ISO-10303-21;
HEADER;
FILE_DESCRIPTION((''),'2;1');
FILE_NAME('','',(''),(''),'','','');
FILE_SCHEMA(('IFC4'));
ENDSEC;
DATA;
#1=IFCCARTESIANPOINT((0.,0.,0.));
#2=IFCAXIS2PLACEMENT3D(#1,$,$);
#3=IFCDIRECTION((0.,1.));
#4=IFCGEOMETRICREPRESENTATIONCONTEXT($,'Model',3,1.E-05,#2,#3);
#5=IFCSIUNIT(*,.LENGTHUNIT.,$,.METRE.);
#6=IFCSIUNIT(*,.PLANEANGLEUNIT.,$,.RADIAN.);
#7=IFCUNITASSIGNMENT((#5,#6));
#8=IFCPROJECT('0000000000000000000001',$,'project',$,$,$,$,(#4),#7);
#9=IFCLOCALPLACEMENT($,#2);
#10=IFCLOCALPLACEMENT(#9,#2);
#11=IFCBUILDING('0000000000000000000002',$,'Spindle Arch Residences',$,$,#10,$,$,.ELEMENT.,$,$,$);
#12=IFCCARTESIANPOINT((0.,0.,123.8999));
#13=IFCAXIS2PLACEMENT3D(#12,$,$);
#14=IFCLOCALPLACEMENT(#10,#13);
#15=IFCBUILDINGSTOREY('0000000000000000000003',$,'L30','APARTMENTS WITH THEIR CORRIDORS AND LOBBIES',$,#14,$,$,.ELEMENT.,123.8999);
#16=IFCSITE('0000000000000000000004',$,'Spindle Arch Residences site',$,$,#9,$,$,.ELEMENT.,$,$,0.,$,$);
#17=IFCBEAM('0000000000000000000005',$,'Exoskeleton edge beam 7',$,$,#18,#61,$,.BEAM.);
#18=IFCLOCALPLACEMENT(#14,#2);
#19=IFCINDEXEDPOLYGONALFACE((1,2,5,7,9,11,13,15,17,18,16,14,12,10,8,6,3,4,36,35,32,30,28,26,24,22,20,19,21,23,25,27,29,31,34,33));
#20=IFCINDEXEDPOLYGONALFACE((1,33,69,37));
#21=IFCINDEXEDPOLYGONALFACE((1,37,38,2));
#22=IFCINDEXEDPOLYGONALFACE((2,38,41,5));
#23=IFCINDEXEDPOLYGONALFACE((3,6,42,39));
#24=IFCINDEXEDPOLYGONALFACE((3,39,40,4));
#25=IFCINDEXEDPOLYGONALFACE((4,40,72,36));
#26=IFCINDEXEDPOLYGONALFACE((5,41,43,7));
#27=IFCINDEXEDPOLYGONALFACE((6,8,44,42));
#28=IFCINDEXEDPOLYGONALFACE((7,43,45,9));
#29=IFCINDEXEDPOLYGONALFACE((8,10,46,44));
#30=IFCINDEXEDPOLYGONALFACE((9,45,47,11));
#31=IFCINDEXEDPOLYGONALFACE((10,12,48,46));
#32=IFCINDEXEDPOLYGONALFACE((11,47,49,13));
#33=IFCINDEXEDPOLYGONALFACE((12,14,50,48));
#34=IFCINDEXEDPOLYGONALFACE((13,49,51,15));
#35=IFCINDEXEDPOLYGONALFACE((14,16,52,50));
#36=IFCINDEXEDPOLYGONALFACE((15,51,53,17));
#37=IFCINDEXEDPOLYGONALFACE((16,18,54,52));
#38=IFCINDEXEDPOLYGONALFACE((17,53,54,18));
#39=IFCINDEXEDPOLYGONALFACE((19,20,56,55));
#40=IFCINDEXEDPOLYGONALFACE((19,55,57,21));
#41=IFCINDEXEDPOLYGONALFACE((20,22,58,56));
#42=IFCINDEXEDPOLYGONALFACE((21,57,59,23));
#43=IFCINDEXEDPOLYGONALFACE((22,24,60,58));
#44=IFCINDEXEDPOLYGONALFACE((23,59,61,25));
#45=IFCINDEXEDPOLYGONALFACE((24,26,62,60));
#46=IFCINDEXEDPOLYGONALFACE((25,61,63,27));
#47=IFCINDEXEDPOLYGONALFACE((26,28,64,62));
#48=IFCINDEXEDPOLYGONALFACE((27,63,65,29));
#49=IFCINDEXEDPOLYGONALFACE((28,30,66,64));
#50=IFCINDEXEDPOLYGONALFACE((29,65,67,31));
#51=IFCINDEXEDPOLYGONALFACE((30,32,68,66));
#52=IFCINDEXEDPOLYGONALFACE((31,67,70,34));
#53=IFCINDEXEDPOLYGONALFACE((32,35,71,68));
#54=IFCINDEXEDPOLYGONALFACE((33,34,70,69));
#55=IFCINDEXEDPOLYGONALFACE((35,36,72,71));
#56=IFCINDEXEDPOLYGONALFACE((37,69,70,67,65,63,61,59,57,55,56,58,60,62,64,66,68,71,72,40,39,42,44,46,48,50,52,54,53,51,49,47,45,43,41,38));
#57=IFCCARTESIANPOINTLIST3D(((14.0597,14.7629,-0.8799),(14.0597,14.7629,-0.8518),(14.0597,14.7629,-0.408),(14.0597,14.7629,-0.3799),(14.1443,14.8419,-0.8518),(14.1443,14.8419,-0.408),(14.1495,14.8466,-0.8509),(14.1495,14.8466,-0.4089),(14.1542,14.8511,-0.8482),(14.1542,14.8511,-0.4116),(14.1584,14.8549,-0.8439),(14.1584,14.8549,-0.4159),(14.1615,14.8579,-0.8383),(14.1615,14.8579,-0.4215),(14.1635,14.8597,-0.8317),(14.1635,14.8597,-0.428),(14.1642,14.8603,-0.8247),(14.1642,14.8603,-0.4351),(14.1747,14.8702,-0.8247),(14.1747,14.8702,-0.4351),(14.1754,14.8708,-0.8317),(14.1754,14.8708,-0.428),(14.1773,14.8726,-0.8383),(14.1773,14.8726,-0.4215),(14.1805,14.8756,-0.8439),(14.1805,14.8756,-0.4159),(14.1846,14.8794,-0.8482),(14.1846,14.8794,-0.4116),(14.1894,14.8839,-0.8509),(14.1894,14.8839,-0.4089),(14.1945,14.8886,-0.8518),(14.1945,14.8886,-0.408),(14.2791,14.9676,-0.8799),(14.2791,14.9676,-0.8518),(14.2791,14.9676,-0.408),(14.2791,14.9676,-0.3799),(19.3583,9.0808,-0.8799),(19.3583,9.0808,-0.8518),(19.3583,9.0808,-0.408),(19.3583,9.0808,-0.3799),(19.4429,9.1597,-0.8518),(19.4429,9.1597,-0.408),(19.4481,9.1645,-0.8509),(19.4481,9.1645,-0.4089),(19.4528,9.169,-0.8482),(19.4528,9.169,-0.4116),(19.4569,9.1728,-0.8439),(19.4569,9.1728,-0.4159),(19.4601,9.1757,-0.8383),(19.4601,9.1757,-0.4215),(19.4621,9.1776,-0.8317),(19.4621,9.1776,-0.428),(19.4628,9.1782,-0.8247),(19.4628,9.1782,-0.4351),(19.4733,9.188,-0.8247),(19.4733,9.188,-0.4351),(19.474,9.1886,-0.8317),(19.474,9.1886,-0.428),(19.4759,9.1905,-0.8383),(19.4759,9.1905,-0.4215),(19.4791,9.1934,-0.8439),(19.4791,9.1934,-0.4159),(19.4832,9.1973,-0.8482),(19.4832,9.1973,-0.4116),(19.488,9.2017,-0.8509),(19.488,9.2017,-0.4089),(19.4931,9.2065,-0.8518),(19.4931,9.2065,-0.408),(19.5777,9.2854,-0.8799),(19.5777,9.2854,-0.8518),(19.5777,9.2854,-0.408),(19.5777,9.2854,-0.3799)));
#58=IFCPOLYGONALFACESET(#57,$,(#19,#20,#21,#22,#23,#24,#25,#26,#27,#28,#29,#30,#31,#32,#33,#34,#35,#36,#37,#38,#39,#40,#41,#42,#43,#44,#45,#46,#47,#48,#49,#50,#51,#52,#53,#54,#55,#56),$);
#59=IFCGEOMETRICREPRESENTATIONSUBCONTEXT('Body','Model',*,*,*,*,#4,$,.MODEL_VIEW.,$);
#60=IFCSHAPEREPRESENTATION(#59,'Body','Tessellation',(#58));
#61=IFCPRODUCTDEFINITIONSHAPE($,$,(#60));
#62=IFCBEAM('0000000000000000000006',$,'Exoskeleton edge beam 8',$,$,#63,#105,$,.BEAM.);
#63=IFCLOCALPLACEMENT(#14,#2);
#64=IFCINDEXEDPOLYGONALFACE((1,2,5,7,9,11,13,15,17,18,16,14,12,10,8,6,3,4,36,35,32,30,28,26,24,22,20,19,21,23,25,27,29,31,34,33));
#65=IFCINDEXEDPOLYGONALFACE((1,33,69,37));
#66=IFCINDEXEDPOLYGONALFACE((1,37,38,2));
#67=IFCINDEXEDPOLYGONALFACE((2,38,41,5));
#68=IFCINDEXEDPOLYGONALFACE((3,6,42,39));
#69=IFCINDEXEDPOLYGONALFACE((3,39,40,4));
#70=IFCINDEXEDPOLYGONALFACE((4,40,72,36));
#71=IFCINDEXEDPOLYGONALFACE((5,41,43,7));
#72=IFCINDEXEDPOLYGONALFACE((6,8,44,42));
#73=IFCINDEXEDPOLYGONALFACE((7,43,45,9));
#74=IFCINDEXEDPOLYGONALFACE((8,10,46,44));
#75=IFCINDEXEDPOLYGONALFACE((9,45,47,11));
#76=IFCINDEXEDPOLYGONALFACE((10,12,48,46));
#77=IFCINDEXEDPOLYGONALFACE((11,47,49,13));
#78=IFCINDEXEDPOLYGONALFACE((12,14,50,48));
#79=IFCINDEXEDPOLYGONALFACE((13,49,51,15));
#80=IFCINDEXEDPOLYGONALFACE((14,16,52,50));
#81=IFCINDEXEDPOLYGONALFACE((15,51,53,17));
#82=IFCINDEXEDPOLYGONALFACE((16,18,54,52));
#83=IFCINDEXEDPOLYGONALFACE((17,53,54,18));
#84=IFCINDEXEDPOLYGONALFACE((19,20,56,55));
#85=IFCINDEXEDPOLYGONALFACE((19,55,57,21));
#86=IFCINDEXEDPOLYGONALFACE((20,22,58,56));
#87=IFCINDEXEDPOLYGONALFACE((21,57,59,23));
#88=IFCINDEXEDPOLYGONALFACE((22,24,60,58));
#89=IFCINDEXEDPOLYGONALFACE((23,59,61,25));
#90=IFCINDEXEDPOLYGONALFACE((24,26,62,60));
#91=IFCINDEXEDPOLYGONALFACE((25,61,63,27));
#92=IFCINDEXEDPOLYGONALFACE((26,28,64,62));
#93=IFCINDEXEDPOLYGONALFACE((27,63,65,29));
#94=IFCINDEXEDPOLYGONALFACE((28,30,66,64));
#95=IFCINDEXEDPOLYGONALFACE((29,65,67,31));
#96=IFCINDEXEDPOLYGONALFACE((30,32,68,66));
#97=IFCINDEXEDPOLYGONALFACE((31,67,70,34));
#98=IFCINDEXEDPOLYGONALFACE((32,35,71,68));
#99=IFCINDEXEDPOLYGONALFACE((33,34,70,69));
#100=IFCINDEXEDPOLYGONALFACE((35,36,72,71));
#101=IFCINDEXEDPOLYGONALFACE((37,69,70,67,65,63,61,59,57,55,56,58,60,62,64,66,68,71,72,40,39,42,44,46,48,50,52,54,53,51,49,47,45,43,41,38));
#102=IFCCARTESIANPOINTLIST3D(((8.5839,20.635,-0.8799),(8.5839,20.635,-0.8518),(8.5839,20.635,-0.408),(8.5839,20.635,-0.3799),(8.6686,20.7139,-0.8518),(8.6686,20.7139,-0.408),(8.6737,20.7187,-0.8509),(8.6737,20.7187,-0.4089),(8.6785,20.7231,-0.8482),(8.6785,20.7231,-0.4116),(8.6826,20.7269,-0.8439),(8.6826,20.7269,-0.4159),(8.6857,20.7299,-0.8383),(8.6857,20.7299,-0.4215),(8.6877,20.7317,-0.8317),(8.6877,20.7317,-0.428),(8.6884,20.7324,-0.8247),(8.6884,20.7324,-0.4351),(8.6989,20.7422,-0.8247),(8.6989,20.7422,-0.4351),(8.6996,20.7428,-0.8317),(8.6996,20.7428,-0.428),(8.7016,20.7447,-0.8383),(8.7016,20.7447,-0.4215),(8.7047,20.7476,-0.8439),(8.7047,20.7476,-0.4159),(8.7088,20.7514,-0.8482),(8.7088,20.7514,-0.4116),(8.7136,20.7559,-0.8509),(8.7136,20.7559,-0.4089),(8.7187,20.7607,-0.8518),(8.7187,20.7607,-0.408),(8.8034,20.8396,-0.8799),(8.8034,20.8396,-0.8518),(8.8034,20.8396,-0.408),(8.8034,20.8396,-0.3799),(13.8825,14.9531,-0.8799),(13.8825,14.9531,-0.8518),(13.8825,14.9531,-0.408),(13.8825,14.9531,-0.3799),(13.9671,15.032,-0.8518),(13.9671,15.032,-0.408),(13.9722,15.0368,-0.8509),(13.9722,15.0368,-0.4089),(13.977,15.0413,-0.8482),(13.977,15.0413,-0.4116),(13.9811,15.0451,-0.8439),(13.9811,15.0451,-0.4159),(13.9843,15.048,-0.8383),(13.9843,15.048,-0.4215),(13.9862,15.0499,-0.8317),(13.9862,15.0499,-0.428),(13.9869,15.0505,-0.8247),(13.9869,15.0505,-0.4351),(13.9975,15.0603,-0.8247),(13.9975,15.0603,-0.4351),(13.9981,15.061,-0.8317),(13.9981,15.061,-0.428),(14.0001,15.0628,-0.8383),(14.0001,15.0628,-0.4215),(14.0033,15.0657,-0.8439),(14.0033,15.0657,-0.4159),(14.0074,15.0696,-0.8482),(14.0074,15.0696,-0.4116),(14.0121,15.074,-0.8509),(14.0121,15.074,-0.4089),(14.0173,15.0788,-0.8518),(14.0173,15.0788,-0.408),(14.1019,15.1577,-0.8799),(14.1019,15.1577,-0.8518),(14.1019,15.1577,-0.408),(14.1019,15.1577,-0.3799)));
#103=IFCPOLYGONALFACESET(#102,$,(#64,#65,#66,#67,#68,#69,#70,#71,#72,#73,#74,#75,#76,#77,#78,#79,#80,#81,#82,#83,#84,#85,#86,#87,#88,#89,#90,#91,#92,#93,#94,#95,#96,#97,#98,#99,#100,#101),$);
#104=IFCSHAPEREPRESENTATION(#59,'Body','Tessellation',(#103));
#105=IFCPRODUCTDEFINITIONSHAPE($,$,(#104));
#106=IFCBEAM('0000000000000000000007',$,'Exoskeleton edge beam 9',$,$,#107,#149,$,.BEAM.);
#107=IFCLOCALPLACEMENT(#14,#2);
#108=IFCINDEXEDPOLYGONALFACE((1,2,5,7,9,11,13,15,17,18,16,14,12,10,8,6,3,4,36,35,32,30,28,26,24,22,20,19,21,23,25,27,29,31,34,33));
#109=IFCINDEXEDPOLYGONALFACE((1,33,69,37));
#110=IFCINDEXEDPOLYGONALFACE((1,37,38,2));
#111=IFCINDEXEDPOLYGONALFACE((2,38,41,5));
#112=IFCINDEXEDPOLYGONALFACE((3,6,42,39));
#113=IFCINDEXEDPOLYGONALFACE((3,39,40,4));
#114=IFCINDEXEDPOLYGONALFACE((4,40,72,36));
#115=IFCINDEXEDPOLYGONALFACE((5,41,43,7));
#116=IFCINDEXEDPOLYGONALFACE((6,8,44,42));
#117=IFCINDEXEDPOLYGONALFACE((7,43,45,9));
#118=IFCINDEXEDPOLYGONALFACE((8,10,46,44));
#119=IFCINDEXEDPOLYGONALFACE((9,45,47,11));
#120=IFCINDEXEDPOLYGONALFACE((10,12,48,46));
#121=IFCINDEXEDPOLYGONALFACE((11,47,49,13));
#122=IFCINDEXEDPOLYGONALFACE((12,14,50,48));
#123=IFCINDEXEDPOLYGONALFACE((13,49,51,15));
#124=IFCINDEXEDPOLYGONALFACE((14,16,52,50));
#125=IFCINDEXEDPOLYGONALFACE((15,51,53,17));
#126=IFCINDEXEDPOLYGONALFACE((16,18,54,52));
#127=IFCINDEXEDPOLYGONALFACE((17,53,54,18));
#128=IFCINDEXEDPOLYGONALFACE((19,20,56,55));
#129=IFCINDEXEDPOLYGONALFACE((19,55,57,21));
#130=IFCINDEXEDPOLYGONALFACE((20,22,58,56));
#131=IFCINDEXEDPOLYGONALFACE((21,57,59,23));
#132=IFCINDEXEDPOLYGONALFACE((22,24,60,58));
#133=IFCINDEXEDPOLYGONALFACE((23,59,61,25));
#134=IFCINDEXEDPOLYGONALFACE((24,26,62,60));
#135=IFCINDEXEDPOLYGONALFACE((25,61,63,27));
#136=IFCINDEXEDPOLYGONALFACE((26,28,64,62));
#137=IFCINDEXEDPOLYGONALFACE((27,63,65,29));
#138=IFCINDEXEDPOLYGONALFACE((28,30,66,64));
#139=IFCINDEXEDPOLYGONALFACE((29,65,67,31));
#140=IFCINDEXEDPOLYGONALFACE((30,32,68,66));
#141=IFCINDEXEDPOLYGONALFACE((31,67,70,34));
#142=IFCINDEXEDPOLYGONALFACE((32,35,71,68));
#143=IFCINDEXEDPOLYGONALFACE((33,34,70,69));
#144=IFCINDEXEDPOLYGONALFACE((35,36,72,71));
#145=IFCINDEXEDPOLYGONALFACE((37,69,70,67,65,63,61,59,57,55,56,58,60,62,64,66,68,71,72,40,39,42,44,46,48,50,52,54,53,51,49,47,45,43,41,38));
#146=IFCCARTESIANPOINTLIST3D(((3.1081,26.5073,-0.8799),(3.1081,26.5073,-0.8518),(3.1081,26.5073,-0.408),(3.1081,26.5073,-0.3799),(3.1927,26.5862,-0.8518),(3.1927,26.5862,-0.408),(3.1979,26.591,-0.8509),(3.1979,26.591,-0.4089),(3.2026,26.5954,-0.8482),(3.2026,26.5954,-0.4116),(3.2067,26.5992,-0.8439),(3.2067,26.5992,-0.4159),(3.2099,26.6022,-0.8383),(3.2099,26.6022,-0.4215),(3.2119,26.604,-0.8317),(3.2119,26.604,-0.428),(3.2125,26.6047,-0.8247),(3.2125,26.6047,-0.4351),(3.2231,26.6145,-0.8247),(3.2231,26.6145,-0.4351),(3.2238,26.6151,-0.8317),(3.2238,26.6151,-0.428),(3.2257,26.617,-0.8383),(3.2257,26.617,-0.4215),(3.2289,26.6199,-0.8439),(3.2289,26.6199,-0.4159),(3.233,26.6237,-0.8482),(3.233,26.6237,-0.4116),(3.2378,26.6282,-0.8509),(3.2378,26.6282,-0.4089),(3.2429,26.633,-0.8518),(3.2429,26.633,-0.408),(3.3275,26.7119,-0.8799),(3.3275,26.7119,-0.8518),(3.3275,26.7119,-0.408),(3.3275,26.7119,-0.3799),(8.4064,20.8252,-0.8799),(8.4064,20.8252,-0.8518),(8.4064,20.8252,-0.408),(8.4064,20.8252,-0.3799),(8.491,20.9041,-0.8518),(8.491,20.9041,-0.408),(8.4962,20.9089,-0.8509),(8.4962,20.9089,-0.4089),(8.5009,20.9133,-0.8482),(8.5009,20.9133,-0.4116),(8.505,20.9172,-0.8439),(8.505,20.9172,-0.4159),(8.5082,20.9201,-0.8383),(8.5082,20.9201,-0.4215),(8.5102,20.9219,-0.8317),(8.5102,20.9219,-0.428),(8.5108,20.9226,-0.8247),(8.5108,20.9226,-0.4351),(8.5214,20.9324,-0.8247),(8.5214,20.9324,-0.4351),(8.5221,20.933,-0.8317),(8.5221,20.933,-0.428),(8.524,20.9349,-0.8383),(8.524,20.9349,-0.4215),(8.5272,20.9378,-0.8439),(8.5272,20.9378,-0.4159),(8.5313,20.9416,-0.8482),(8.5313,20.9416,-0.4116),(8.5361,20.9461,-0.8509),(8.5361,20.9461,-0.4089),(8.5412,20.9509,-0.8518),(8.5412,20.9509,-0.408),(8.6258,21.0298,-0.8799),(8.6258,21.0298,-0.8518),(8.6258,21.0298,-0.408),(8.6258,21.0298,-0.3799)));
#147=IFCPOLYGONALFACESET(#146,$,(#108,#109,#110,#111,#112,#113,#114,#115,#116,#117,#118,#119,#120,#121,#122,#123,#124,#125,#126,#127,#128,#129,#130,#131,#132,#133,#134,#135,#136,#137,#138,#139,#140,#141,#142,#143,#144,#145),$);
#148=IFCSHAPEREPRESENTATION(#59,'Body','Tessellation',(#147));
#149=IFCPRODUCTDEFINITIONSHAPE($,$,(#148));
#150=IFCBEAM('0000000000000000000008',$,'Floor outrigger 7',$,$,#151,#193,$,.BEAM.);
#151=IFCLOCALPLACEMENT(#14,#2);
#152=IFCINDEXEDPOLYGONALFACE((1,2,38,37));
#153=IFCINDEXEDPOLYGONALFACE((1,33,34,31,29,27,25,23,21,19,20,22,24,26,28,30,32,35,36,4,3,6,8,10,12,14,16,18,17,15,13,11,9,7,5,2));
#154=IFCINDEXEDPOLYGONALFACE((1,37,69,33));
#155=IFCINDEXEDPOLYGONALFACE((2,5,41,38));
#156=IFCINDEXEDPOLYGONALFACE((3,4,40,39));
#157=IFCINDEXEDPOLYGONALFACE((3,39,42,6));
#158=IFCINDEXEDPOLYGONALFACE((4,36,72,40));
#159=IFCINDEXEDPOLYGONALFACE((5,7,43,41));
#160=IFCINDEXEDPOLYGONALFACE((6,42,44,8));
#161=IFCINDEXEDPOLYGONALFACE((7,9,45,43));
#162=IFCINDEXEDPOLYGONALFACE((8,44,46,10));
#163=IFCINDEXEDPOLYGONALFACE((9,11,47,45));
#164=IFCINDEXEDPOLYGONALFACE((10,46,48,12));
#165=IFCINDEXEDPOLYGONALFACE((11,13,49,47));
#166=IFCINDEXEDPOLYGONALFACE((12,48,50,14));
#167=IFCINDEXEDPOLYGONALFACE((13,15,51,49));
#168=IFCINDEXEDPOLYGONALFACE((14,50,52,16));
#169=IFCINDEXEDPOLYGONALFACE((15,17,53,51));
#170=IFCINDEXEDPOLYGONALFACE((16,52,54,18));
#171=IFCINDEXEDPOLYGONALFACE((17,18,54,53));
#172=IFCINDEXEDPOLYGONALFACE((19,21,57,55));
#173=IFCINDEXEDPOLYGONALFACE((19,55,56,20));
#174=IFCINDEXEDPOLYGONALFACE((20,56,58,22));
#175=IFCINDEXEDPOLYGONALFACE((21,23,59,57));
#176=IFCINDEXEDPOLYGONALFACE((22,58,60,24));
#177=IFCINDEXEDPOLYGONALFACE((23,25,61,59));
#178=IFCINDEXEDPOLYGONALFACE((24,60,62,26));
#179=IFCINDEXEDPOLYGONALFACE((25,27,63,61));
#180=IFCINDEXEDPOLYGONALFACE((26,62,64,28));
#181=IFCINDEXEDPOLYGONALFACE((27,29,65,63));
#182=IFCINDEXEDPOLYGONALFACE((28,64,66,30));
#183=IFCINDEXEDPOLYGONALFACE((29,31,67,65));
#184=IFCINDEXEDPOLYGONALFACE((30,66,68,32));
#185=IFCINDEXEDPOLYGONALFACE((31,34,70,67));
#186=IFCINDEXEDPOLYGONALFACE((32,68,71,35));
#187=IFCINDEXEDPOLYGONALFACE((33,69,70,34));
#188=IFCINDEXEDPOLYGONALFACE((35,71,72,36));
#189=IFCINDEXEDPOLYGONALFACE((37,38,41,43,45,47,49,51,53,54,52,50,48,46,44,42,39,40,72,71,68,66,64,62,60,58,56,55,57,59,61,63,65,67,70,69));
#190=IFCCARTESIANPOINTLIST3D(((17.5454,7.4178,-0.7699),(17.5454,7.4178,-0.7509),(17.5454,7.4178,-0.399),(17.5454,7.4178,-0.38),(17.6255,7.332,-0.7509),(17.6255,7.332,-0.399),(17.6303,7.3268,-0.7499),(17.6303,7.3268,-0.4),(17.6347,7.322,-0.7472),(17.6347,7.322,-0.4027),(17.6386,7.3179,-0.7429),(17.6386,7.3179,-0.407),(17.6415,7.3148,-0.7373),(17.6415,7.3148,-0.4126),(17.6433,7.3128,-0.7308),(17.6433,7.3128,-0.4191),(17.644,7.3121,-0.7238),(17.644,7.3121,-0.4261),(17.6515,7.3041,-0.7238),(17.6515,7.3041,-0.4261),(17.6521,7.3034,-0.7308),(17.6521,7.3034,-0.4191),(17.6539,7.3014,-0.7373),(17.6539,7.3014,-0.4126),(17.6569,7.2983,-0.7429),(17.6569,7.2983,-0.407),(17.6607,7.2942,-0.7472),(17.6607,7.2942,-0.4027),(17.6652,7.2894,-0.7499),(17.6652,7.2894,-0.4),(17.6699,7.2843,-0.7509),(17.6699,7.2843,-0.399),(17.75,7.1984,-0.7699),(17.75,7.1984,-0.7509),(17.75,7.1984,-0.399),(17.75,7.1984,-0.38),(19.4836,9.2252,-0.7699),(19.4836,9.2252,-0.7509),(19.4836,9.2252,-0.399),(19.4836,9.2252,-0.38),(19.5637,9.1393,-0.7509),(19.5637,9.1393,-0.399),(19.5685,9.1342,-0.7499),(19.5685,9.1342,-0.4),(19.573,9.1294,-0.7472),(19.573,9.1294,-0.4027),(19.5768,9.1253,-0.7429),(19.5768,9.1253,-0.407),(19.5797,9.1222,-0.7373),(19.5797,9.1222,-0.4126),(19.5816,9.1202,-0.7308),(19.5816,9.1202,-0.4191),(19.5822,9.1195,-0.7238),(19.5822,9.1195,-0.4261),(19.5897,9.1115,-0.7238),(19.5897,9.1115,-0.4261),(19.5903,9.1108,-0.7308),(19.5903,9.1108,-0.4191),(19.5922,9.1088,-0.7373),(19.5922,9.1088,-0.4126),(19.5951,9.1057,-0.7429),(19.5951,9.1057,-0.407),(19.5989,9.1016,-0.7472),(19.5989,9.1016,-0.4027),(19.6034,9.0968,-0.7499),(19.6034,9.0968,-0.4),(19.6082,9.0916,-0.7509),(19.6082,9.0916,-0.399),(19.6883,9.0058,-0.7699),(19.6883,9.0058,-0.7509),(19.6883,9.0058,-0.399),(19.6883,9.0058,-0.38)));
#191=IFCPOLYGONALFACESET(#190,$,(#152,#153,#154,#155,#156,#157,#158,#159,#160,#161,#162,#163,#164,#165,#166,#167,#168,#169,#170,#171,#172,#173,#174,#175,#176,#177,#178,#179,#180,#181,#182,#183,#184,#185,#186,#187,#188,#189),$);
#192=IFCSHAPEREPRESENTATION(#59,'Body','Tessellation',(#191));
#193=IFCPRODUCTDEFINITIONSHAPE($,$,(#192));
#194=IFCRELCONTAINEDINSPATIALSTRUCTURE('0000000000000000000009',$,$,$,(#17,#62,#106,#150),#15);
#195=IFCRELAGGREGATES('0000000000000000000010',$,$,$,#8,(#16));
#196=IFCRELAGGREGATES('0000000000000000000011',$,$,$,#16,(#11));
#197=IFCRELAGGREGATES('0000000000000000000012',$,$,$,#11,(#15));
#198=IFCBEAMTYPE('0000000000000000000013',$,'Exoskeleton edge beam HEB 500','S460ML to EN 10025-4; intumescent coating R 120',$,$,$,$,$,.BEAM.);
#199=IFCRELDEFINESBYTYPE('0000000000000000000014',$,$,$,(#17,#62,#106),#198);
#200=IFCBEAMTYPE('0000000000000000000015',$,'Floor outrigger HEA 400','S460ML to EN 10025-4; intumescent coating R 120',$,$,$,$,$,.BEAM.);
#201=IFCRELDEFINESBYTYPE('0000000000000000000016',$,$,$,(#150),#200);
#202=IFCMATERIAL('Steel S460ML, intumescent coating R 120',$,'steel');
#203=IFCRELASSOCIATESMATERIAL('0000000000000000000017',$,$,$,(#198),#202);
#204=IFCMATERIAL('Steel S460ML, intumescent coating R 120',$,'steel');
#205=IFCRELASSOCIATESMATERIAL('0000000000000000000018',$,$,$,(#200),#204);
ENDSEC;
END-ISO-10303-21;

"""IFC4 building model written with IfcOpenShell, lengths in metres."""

from ifc_helpers import new_model, si_unit, direction, frame, origin, origin_2d, place, context, subcontext, project, spatial, i_section, extrude, material, material_profile, profile_set, type_object, element, save


model = new_model("IFC4")

# Units and contexts
model_context = context("Model", 3, precision=1e-05, world=origin(), true_north=direction((0.0, 1.0)))
body_context = subcontext(model_context, "Body", "Model", "MODEL_VIEW")
ifc_project = project(units=[si_unit("LENGTHUNIT", "METRE"), si_unit("PLANEANGLEUNIT", "RADIAN")], contexts=[model_context])

# Site, building, storey
site_placement = place(None, origin())
site = spatial("IfcSite", under=ifc_project, at=site_placement, Name="Spindle Arch Residences site", CompositionType="ELEMENT", RefElevation=0.0)
building_placement = place(site_placement, origin())
building = spatial("IfcBuilding", under=site, at=building_placement, Name="Spindle Arch Residences", CompositionType="ELEMENT")
storey_placement = place(building_placement, frame((0.0, 0.0, 123.8999)))
storey = spatial("IfcBuildingStorey", under=building, at=storey_placement, Name="L30", Description="APARTMENTS WITH THEIR CORRIDORS AND LOBBIES", CompositionType="ELEMENT", Elevation=123.8999)

# Beams
ifc_material_1 = material(Name="Steel S460ML, intumescent coating R 120", Category="steel")
ifc_material_profile_1 = material_profile(ifc_material_1, i_section(OverallWidth=0.3, OverallDepth=0.5, WebThickness=0.0144, FlangeThickness=0.0281, FilletRadius=0.0271, at=origin_2d()), Name="HEB 500")
ifc_profile_set_1 = profile_set([ifc_material_profile_1], Name="Steel S460ML, intumescent coating R 120")
beam_type_1 = type_object("IfcBeamType", Name="Exoskeleton edge beam HEB 500", Description="S460ML to EN 10025-4; intumescent coating R 120", PredefinedType="BEAM", material=ifc_profile_set_1)
beam_1_placement = place(storey_placement, frame((19.468, 9.1831, -0.6299), z_axis=(-0.681992, 0.731359, 0.0), x_axis=(-0.731359, -0.681992, 0.0)))
element("IfcBeam", 1, at=beam_1_placement, inside=storey, type_object=beam_type_1, Name="Exoskeleton edge beam 7", PredefinedType="BEAM", context=body_context, shape_type="SweptSolid", body=[
    extrude(i_section(OverallWidth=0.3, OverallDepth=0.5, WebThickness=0.0144, FlangeThickness=0.0281, FilletRadius=0.0271, at=origin_2d()), origin(), (0.0, 0.0, 1.0), 7.7693),
])
for number, where, z_axis, x_axis, name in (
    (2, (13.9922, 15.0554, -0.6299), (-0.682008, 0.731345, 0.0), (-0.731345, -0.682008, 0.0), "Exoskeleton edge beam 8"),
    (3, (8.5161, 20.9275, -0.6299), (-0.681976, 0.731375, 0.0), (-0.731375, -0.681976, 0.0), "Exoskeleton edge beam 9"),
):
    element("IfcBeam", number, at=place(storey_placement, frame(where, z_axis=z_axis, x_axis=x_axis)), inside=storey, type_object=beam_type_1, Name=name, PredefinedType="BEAM", context=body_context, shape_type="SweptSolid", body=[
        extrude(i_section(OverallWidth=0.3, OverallDepth=0.5, WebThickness=0.0144, FlangeThickness=0.0281, FilletRadius=0.0271, at=origin_2d()), origin(), (0.0, 0.0, 1.0), 7.769),
    ])
ifc_material_2 = material(Name="Steel S460ML, intumescent coating R 120", Category="steel")
ifc_material_profile_2 = material_profile(ifc_material_2, i_section(OverallWidth=0.3, OverallDepth=0.3899, WebThickness=0.011, FlangeThickness=0.019, FilletRadius=0.0271, at=origin_2d()), Name="HEA 400")
ifc_profile_set_2 = profile_set([ifc_material_profile_2], Name="Steel S460ML, intumescent coating R 120")
beam_type_2 = type_object("IfcBeamType", Name="Floor outrigger HEA 400", Description="S460ML to EN 10025-4; intumescent coating R 120", PredefinedType="BEAM", material=ifc_profile_set_2)
beam_2_placement = place(storey_placement, frame((19.5859, 9.1155, -0.575), z_axis=(-0.731365, -0.681987, 0.0), x_axis=(0.681987, -0.731365, 0.0)))
element("IfcBeam", 4, at=beam_2_placement, inside=storey, type_object=beam_type_2, Name="Floor outrigger 7", PredefinedType="BEAM", context=body_context, shape_type="SweptSolid", body=[
    extrude(i_section(OverallWidth=0.3, OverallDepth=0.3899, WebThickness=0.011, FlangeThickness=0.019, FilletRadius=0.0271, at=origin_2d()), origin(), (0.0, 0.0, 1.0), 2.6501),
])

save(model, "model.ifc")
